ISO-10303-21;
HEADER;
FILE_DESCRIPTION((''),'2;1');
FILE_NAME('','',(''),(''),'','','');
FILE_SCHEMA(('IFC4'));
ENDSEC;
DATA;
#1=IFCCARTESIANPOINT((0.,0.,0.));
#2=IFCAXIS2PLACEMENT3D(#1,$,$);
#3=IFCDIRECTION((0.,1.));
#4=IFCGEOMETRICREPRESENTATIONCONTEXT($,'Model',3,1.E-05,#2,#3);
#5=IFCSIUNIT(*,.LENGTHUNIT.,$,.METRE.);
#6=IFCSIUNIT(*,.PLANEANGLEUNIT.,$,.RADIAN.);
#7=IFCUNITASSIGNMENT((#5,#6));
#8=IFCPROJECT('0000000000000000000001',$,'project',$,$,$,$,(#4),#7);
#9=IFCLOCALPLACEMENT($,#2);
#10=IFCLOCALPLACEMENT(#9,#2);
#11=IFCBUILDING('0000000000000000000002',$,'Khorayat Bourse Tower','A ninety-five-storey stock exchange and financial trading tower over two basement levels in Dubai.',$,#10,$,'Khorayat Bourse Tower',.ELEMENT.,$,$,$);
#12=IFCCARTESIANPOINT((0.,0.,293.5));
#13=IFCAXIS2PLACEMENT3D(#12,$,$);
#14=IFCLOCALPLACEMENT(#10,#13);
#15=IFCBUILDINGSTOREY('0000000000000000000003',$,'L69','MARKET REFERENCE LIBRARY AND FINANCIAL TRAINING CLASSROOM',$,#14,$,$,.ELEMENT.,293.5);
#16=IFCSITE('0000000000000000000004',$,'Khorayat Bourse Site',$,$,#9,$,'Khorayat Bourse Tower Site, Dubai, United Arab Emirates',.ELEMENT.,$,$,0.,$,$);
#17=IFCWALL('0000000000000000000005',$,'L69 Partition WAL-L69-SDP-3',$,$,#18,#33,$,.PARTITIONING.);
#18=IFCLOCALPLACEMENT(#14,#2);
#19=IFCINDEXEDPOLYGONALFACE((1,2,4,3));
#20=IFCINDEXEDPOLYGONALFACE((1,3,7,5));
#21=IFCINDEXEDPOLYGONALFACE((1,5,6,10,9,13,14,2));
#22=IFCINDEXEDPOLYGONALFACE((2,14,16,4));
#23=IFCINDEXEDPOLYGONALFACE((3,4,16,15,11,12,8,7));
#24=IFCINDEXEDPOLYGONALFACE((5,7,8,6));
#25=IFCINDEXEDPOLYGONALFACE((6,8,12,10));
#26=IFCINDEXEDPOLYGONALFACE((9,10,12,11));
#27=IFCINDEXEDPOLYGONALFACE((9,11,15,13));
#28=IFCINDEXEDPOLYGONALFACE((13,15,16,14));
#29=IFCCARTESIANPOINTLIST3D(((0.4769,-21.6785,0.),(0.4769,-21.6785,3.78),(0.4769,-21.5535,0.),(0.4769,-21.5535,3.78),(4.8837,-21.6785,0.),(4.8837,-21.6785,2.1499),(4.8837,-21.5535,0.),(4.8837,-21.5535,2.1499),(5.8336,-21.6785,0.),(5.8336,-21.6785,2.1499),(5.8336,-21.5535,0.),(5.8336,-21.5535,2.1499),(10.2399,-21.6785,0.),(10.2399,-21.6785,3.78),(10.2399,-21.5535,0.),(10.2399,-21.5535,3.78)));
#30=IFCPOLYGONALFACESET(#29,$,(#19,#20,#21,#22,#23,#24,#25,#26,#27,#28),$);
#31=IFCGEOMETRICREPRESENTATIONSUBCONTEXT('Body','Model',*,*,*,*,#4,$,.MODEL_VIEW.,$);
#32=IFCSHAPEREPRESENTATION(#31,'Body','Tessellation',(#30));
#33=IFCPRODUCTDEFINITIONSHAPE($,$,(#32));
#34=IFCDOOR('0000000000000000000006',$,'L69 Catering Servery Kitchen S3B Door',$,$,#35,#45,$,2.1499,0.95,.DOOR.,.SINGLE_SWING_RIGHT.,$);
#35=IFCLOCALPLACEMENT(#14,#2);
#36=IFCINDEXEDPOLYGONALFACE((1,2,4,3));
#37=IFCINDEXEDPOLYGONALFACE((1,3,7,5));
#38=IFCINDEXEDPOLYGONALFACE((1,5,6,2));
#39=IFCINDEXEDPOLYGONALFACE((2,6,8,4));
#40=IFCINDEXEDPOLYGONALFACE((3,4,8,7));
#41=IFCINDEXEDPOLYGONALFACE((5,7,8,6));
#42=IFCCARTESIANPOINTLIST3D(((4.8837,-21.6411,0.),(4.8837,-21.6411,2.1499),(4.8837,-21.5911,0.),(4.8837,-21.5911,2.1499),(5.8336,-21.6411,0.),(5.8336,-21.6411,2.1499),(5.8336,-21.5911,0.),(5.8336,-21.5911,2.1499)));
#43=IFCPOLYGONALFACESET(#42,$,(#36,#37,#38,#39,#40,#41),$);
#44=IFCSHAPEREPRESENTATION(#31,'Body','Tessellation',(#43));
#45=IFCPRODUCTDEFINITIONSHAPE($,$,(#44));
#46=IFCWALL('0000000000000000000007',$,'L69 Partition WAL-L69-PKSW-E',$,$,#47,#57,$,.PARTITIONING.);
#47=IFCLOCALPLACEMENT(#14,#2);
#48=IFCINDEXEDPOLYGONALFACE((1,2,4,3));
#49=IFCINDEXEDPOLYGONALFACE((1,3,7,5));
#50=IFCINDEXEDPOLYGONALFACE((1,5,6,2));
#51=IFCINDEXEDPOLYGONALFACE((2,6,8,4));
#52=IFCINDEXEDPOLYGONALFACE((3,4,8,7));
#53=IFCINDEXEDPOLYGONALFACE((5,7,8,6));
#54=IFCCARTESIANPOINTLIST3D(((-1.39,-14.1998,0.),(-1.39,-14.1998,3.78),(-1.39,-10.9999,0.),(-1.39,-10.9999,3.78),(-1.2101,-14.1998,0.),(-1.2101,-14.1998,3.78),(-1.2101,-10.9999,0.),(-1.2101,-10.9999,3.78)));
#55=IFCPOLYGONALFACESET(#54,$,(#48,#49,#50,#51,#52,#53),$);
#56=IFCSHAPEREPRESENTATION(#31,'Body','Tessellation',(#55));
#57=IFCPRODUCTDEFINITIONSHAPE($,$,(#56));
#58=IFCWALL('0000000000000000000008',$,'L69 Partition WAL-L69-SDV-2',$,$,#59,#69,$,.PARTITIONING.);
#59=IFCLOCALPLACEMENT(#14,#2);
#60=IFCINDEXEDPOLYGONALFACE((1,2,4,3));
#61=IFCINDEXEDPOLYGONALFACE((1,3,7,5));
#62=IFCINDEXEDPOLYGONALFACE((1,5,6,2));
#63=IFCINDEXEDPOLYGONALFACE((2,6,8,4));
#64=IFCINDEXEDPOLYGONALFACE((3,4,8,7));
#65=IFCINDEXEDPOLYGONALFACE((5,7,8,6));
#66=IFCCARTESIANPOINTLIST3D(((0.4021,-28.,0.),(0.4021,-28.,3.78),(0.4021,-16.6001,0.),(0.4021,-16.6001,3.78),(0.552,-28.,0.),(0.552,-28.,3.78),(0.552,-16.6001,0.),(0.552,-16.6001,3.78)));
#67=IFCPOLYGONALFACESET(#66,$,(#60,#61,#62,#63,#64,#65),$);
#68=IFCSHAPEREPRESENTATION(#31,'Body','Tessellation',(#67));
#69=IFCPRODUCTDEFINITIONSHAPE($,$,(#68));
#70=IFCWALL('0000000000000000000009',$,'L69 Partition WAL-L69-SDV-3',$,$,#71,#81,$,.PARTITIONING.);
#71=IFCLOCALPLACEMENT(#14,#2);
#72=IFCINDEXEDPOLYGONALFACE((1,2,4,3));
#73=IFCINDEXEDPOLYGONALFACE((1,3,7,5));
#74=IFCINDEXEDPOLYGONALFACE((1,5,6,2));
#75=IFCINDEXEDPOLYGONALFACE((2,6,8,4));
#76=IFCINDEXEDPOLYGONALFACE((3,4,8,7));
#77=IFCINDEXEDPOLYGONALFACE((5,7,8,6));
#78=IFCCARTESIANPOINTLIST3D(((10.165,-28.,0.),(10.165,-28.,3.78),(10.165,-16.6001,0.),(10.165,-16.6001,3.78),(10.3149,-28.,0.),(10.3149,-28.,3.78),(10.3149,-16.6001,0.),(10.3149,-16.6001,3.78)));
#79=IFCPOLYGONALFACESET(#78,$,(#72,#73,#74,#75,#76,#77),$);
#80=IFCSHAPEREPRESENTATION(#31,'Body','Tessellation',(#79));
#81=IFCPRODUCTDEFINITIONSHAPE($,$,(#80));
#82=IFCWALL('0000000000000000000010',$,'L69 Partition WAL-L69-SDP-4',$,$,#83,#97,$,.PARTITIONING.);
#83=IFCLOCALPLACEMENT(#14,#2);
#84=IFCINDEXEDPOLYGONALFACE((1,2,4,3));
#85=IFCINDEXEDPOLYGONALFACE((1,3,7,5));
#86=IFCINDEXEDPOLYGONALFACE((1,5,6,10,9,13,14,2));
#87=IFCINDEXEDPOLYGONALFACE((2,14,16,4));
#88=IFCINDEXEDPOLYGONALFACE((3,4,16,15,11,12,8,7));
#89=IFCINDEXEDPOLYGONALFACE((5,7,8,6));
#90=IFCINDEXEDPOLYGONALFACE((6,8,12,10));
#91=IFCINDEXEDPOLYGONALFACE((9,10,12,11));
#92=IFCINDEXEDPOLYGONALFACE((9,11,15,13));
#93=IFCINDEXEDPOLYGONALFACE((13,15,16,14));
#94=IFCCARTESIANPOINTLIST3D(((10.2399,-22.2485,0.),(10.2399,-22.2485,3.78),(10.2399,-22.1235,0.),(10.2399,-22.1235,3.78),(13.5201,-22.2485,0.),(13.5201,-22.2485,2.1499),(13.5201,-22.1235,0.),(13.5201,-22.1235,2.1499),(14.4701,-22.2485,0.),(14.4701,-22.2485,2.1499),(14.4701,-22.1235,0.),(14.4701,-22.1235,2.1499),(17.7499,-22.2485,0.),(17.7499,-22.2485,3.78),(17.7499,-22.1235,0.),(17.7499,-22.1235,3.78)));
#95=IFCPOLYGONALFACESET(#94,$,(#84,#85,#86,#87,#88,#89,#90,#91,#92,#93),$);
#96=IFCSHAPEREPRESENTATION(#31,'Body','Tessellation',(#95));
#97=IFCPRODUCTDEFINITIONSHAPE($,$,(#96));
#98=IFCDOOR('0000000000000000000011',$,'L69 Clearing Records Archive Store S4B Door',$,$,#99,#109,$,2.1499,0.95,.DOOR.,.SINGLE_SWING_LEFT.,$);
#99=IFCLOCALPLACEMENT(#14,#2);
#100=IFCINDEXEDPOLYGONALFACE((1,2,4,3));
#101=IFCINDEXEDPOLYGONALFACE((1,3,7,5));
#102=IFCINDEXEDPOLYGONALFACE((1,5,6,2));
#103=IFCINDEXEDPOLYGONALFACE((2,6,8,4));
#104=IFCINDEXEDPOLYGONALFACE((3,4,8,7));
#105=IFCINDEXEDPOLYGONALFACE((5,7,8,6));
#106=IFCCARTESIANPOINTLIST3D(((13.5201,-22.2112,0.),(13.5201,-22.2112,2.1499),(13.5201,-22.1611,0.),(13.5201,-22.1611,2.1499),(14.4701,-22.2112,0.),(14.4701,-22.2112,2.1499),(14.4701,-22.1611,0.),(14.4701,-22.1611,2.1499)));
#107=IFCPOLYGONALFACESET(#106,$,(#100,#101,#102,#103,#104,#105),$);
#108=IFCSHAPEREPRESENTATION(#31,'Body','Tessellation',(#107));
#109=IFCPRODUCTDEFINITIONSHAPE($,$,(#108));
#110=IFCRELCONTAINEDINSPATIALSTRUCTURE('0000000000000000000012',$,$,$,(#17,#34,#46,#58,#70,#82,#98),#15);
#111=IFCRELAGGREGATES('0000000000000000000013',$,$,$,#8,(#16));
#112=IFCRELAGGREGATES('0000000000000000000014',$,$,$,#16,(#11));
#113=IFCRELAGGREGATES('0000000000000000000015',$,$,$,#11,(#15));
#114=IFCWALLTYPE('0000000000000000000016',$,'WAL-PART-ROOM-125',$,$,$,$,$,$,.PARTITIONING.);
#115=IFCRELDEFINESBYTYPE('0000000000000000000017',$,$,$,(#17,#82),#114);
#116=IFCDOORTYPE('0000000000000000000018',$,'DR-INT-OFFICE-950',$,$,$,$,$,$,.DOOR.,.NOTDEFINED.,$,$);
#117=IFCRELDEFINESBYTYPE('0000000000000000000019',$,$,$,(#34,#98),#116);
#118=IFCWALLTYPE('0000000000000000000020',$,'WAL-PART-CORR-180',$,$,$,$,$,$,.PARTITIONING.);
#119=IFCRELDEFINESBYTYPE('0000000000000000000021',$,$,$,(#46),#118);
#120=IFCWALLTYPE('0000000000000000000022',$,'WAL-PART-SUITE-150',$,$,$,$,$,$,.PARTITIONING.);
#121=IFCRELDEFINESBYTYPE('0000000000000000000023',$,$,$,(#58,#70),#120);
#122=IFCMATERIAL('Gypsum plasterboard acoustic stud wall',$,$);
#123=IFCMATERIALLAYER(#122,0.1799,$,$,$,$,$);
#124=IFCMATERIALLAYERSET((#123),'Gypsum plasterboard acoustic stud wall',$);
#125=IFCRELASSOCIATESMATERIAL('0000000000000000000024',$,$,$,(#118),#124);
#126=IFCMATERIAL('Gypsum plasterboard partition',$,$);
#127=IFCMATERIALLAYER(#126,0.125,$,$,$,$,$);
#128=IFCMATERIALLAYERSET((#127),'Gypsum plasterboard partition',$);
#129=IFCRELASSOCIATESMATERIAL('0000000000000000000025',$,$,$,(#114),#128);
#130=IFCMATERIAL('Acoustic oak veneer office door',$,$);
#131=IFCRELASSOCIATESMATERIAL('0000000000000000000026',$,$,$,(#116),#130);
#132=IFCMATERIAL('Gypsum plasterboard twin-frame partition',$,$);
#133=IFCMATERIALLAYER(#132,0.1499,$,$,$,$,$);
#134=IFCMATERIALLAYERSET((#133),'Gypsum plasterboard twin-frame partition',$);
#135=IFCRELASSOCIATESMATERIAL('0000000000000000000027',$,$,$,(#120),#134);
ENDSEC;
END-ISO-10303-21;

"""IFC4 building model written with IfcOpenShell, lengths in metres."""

from ifc_helpers import new_model, si_unit, direction, frame, frame_2d, origin, place, context, subcontext, project, spatial, rectangle, extrude, source, transform, mapped, material, layer, layer_set, type_object, element, fill, save


model = new_model("IFC4")

# Units and contexts
model_context = context("Model", 3, precision=1e-05, world=origin(), true_north=direction((0.0, 1.0)))
body_context = subcontext(model_context, "Body", "Model", "MODEL_VIEW")
ifc_project = project(units=[si_unit("LENGTHUNIT", "METRE"), si_unit("PLANEANGLEUNIT", "RADIAN")], contexts=[model_context])

# Site, building, storey
site_placement = place(None, origin())
site = spatial("IfcSite", under=ifc_project, at=site_placement, Name="Khorayat Bourse Site", LongName="Khorayat Bourse Tower Site, Dubai, United Arab Emirates", CompositionType="ELEMENT", RefElevation=0.0)
building_placement = place(site_placement, origin())
building = spatial("IfcBuilding", under=site, at=building_placement, Name="Khorayat Bourse Tower", Description="A ninety-five-storey stock exchange and financial trading tower over two basement levels in Dubai.", LongName="Khorayat Bourse Tower", CompositionType="ELEMENT")
storey_placement = place(building_placement, frame((0.0, 0.0, 293.5)))
storey = spatial("IfcBuildingStorey", under=building, at=storey_placement, Name="L69", Description="MARKET REFERENCE LIBRARY AND FINANCIAL TRAINING CLASSROOM", CompositionType="ELEMENT", Elevation=293.5)

# Wall, opening, door
ifc_material_1 = material(Name="Gypsum plasterboard acoustic stud wall")
ifc_layer_1 = layer(ifc_material_1, 0.1799)
ifc_layer_set_1 = layer_set([ifc_layer_1], Name="Gypsum plasterboard acoustic stud wall")
wall_type_1 = type_object("IfcWallType", Name="WAL-PART-CORR-180", PredefinedType="PARTITIONING", material=ifc_layer_set_1)
ifc_material_2 = material(Name="Gypsum plasterboard partition")
ifc_layer_2 = layer(ifc_material_2, 0.125)
ifc_layer_set_2 = layer_set([ifc_layer_2], Name="Gypsum plasterboard partition")
wall_type_2 = type_object("IfcWallType", Name="WAL-PART-ROOM-125", PredefinedType="PARTITIONING", material=ifc_layer_set_2)
shared_shape_1 = source(origin(), body_context, "Body", "SweptSolid", [
    extrude(rectangle(XDim=9.7629, YDim=0.125, at=frame_2d((4.8813, 0.0))), origin(), (0.0, 0.0, 1.0), 3.78),
])
wall_1_placement = place(storey_placement, frame((0.4771, -21.616, 0.0), z_axis=(0.0, 0.0, 1.0), x_axis=(1.0, 0.0, 0.0)))
wall_1 = element("IfcWall", 1, at=wall_1_placement, inside=storey, type_object=wall_type_2, Name="L69 Partition WAL-L69-SDP-3", PredefinedType="PARTITIONING", context=body_context, shape_type="MappedRepresentation", body=[
    mapped(shared_shape_1, transform((0.0, 0.0, 0.0), scale=1.0)),
])
shared_shape_2 = source(origin(), body_context, "Body", "SweptSolid", [
    extrude(rectangle(XDim=0.95, YDim=2.1499, at=frame_2d((0.4751, 1.075))), frame((0.0, 0.0725, 0.0), z_axis=(0.0, -1.0, 0.0), x_axis=(1.0, 0.0, 0.0)), (0.0, 0.0, 1.0), 0.145),
])
opening_1_placement = place(wall_1_placement, frame((4.4065, 0.0, 0.0)))
opening_1 = element("IfcOpeningElement", 2, at=opening_1_placement, cuts=wall_1, PredefinedType="OPENING", context=body_context, shape_type="MappedRepresentation", body=[
    mapped(shared_shape_2, transform((0.0, 0.0, 0.0), scale=1.0)),
])
ifc_material_3 = material(Name="Acoustic oak veneer office door")
door_type_1 = type_object("IfcDoorType", Name="DR-INT-OFFICE-950", OperationType="NOTDEFINED", PredefinedType="DOOR", material=ifc_material_3)
shared_shape_3 = source(origin(), body_context, "Body", "SweptSolid", [
    extrude(rectangle(XDim=0.95, YDim=2.1499, at=frame_2d((0.4751, 1.075))), frame((0.0, 0.0249, 0.0), z_axis=(0.0, -1.0, 0.0), x_axis=(1.0, 0.0, 0.0)), (0.0, 0.0, 1.0), 0.05),
])
door_1_placement = place(opening_1_placement, origin())
door_1 = element("IfcDoor", 3, at=door_1_placement, inside=storey, type_object=door_type_1, Name="L69 Catering Servery Kitchen S3B Door", OperationType="SINGLE_SWING_RIGHT", OverallHeight=2.1499, OverallWidth=0.95, PredefinedType="DOOR", context=body_context, shape_type="MappedRepresentation", body=[
    mapped(shared_shape_3, transform((0.0, 0.0, 0.0), scale=1.0)),
])
fill(opening_1, door_1)

# Walls
shared_shape_4 = source(origin(), body_context, "Body", "SweptSolid", [
    extrude(rectangle(XDim=3.2, YDim=0.1799, at=frame_2d((1.6001, 0.0))), origin(), (0.0, 0.0, 1.0), 3.78),
])
wall_2_placement = place(storey_placement, frame((-1.3, -14.2, 0.0), z_axis=(0.0, 0.0, 1.0), x_axis=(0.0, 1.0, 0.0)))
element("IfcWall", 4, at=wall_2_placement, inside=storey, type_object=wall_type_1, Name="L69 Partition WAL-L69-PKSW-E", PredefinedType="PARTITIONING", context=body_context, shape_type="MappedRepresentation", body=[
    mapped(shared_shape_4, transform((0.0, 0.0, 0.0), scale=1.0)),
])
ifc_material_4 = material(Name="Gypsum plasterboard twin-frame partition")
ifc_layer_3 = layer(ifc_material_4, 0.1499)
ifc_layer_set_3 = layer_set([ifc_layer_3], Name="Gypsum plasterboard twin-frame partition")
wall_type_3 = type_object("IfcWallType", Name="WAL-PART-SUITE-150", PredefinedType="PARTITIONING", material=ifc_layer_set_3)
shared_shape_5 = source(origin(), body_context, "Body", "SweptSolid", [
    extrude(rectangle(XDim=11.3999, YDim=0.1499, at=frame_2d((5.7, 0.0))), origin(), (0.0, 0.0, 1.0), 3.78),
])
for number, where, z_axis, x_axis, name in (
    (5, (0.4771, -28.0, 0.0), (0.0, 0.0, 1.0), (0.0, 1.0, 0.0), "L69 Partition WAL-L69-SDV-2"),
    (6, (10.24, -28.0, 0.0), (0.0, 0.0, 1.0), (0.0, 1.0, 0.0), "L69 Partition WAL-L69-SDV-3"),
):
    element("IfcWall", number, at=place(storey_placement, frame(where, z_axis=z_axis, x_axis=x_axis)), inside=storey, type_object=wall_type_3, Name=name, PredefinedType="PARTITIONING", context=body_context, shape_type="MappedRepresentation", body=[
        mapped(shared_shape_5, transform((0.0, 0.0, 0.0), scale=1.0)),
    ])

# Wall, opening, door
shared_shape_6 = source(origin(), body_context, "Body", "SweptSolid", [
    extrude(rectangle(XDim=7.51, YDim=0.125, at=frame_2d((3.7549, 0.0))), origin(), (0.0, 0.0, 1.0), 3.78),
])
wall_3_placement = place(storey_placement, frame((10.24, -22.186, 0.0), z_axis=(0.0, 0.0, 1.0), x_axis=(1.0, 0.0, 0.0)))
wall_3 = element("IfcWall", 7, at=wall_3_placement, inside=storey, type_object=wall_type_2, Name="L69 Partition WAL-L69-SDP-4", PredefinedType="PARTITIONING", context=body_context, shape_type="MappedRepresentation", body=[
    mapped(shared_shape_6, transform((0.0, 0.0, 0.0), scale=1.0)),
])
opening_2_placement = place(wall_3_placement, frame((3.28, 0.0, 0.0)))
opening_2 = element("IfcOpeningElement", 8, at=opening_2_placement, cuts=wall_3, PredefinedType="OPENING", context=body_context, shape_type="MappedRepresentation", body=[
    mapped(shared_shape_2, transform((0.0, 0.0, 0.0), scale=1.0)),
])
door_2_placement = place(opening_2_placement, origin())
door_2 = element("IfcDoor", 9, at=door_2_placement, inside=storey, type_object=door_type_1, Name="L69 Clearing Records Archive Store S4B Door", OperationType="SINGLE_SWING_LEFT", OverallHeight=2.1499, OverallWidth=0.95, PredefinedType="DOOR", context=body_context, shape_type="MappedRepresentation", body=[
    mapped(shared_shape_3, transform((0.0, 0.0, 0.0), scale=1.0)),
])
fill(opening_2, door_2)

save(model, "model.ifc")
